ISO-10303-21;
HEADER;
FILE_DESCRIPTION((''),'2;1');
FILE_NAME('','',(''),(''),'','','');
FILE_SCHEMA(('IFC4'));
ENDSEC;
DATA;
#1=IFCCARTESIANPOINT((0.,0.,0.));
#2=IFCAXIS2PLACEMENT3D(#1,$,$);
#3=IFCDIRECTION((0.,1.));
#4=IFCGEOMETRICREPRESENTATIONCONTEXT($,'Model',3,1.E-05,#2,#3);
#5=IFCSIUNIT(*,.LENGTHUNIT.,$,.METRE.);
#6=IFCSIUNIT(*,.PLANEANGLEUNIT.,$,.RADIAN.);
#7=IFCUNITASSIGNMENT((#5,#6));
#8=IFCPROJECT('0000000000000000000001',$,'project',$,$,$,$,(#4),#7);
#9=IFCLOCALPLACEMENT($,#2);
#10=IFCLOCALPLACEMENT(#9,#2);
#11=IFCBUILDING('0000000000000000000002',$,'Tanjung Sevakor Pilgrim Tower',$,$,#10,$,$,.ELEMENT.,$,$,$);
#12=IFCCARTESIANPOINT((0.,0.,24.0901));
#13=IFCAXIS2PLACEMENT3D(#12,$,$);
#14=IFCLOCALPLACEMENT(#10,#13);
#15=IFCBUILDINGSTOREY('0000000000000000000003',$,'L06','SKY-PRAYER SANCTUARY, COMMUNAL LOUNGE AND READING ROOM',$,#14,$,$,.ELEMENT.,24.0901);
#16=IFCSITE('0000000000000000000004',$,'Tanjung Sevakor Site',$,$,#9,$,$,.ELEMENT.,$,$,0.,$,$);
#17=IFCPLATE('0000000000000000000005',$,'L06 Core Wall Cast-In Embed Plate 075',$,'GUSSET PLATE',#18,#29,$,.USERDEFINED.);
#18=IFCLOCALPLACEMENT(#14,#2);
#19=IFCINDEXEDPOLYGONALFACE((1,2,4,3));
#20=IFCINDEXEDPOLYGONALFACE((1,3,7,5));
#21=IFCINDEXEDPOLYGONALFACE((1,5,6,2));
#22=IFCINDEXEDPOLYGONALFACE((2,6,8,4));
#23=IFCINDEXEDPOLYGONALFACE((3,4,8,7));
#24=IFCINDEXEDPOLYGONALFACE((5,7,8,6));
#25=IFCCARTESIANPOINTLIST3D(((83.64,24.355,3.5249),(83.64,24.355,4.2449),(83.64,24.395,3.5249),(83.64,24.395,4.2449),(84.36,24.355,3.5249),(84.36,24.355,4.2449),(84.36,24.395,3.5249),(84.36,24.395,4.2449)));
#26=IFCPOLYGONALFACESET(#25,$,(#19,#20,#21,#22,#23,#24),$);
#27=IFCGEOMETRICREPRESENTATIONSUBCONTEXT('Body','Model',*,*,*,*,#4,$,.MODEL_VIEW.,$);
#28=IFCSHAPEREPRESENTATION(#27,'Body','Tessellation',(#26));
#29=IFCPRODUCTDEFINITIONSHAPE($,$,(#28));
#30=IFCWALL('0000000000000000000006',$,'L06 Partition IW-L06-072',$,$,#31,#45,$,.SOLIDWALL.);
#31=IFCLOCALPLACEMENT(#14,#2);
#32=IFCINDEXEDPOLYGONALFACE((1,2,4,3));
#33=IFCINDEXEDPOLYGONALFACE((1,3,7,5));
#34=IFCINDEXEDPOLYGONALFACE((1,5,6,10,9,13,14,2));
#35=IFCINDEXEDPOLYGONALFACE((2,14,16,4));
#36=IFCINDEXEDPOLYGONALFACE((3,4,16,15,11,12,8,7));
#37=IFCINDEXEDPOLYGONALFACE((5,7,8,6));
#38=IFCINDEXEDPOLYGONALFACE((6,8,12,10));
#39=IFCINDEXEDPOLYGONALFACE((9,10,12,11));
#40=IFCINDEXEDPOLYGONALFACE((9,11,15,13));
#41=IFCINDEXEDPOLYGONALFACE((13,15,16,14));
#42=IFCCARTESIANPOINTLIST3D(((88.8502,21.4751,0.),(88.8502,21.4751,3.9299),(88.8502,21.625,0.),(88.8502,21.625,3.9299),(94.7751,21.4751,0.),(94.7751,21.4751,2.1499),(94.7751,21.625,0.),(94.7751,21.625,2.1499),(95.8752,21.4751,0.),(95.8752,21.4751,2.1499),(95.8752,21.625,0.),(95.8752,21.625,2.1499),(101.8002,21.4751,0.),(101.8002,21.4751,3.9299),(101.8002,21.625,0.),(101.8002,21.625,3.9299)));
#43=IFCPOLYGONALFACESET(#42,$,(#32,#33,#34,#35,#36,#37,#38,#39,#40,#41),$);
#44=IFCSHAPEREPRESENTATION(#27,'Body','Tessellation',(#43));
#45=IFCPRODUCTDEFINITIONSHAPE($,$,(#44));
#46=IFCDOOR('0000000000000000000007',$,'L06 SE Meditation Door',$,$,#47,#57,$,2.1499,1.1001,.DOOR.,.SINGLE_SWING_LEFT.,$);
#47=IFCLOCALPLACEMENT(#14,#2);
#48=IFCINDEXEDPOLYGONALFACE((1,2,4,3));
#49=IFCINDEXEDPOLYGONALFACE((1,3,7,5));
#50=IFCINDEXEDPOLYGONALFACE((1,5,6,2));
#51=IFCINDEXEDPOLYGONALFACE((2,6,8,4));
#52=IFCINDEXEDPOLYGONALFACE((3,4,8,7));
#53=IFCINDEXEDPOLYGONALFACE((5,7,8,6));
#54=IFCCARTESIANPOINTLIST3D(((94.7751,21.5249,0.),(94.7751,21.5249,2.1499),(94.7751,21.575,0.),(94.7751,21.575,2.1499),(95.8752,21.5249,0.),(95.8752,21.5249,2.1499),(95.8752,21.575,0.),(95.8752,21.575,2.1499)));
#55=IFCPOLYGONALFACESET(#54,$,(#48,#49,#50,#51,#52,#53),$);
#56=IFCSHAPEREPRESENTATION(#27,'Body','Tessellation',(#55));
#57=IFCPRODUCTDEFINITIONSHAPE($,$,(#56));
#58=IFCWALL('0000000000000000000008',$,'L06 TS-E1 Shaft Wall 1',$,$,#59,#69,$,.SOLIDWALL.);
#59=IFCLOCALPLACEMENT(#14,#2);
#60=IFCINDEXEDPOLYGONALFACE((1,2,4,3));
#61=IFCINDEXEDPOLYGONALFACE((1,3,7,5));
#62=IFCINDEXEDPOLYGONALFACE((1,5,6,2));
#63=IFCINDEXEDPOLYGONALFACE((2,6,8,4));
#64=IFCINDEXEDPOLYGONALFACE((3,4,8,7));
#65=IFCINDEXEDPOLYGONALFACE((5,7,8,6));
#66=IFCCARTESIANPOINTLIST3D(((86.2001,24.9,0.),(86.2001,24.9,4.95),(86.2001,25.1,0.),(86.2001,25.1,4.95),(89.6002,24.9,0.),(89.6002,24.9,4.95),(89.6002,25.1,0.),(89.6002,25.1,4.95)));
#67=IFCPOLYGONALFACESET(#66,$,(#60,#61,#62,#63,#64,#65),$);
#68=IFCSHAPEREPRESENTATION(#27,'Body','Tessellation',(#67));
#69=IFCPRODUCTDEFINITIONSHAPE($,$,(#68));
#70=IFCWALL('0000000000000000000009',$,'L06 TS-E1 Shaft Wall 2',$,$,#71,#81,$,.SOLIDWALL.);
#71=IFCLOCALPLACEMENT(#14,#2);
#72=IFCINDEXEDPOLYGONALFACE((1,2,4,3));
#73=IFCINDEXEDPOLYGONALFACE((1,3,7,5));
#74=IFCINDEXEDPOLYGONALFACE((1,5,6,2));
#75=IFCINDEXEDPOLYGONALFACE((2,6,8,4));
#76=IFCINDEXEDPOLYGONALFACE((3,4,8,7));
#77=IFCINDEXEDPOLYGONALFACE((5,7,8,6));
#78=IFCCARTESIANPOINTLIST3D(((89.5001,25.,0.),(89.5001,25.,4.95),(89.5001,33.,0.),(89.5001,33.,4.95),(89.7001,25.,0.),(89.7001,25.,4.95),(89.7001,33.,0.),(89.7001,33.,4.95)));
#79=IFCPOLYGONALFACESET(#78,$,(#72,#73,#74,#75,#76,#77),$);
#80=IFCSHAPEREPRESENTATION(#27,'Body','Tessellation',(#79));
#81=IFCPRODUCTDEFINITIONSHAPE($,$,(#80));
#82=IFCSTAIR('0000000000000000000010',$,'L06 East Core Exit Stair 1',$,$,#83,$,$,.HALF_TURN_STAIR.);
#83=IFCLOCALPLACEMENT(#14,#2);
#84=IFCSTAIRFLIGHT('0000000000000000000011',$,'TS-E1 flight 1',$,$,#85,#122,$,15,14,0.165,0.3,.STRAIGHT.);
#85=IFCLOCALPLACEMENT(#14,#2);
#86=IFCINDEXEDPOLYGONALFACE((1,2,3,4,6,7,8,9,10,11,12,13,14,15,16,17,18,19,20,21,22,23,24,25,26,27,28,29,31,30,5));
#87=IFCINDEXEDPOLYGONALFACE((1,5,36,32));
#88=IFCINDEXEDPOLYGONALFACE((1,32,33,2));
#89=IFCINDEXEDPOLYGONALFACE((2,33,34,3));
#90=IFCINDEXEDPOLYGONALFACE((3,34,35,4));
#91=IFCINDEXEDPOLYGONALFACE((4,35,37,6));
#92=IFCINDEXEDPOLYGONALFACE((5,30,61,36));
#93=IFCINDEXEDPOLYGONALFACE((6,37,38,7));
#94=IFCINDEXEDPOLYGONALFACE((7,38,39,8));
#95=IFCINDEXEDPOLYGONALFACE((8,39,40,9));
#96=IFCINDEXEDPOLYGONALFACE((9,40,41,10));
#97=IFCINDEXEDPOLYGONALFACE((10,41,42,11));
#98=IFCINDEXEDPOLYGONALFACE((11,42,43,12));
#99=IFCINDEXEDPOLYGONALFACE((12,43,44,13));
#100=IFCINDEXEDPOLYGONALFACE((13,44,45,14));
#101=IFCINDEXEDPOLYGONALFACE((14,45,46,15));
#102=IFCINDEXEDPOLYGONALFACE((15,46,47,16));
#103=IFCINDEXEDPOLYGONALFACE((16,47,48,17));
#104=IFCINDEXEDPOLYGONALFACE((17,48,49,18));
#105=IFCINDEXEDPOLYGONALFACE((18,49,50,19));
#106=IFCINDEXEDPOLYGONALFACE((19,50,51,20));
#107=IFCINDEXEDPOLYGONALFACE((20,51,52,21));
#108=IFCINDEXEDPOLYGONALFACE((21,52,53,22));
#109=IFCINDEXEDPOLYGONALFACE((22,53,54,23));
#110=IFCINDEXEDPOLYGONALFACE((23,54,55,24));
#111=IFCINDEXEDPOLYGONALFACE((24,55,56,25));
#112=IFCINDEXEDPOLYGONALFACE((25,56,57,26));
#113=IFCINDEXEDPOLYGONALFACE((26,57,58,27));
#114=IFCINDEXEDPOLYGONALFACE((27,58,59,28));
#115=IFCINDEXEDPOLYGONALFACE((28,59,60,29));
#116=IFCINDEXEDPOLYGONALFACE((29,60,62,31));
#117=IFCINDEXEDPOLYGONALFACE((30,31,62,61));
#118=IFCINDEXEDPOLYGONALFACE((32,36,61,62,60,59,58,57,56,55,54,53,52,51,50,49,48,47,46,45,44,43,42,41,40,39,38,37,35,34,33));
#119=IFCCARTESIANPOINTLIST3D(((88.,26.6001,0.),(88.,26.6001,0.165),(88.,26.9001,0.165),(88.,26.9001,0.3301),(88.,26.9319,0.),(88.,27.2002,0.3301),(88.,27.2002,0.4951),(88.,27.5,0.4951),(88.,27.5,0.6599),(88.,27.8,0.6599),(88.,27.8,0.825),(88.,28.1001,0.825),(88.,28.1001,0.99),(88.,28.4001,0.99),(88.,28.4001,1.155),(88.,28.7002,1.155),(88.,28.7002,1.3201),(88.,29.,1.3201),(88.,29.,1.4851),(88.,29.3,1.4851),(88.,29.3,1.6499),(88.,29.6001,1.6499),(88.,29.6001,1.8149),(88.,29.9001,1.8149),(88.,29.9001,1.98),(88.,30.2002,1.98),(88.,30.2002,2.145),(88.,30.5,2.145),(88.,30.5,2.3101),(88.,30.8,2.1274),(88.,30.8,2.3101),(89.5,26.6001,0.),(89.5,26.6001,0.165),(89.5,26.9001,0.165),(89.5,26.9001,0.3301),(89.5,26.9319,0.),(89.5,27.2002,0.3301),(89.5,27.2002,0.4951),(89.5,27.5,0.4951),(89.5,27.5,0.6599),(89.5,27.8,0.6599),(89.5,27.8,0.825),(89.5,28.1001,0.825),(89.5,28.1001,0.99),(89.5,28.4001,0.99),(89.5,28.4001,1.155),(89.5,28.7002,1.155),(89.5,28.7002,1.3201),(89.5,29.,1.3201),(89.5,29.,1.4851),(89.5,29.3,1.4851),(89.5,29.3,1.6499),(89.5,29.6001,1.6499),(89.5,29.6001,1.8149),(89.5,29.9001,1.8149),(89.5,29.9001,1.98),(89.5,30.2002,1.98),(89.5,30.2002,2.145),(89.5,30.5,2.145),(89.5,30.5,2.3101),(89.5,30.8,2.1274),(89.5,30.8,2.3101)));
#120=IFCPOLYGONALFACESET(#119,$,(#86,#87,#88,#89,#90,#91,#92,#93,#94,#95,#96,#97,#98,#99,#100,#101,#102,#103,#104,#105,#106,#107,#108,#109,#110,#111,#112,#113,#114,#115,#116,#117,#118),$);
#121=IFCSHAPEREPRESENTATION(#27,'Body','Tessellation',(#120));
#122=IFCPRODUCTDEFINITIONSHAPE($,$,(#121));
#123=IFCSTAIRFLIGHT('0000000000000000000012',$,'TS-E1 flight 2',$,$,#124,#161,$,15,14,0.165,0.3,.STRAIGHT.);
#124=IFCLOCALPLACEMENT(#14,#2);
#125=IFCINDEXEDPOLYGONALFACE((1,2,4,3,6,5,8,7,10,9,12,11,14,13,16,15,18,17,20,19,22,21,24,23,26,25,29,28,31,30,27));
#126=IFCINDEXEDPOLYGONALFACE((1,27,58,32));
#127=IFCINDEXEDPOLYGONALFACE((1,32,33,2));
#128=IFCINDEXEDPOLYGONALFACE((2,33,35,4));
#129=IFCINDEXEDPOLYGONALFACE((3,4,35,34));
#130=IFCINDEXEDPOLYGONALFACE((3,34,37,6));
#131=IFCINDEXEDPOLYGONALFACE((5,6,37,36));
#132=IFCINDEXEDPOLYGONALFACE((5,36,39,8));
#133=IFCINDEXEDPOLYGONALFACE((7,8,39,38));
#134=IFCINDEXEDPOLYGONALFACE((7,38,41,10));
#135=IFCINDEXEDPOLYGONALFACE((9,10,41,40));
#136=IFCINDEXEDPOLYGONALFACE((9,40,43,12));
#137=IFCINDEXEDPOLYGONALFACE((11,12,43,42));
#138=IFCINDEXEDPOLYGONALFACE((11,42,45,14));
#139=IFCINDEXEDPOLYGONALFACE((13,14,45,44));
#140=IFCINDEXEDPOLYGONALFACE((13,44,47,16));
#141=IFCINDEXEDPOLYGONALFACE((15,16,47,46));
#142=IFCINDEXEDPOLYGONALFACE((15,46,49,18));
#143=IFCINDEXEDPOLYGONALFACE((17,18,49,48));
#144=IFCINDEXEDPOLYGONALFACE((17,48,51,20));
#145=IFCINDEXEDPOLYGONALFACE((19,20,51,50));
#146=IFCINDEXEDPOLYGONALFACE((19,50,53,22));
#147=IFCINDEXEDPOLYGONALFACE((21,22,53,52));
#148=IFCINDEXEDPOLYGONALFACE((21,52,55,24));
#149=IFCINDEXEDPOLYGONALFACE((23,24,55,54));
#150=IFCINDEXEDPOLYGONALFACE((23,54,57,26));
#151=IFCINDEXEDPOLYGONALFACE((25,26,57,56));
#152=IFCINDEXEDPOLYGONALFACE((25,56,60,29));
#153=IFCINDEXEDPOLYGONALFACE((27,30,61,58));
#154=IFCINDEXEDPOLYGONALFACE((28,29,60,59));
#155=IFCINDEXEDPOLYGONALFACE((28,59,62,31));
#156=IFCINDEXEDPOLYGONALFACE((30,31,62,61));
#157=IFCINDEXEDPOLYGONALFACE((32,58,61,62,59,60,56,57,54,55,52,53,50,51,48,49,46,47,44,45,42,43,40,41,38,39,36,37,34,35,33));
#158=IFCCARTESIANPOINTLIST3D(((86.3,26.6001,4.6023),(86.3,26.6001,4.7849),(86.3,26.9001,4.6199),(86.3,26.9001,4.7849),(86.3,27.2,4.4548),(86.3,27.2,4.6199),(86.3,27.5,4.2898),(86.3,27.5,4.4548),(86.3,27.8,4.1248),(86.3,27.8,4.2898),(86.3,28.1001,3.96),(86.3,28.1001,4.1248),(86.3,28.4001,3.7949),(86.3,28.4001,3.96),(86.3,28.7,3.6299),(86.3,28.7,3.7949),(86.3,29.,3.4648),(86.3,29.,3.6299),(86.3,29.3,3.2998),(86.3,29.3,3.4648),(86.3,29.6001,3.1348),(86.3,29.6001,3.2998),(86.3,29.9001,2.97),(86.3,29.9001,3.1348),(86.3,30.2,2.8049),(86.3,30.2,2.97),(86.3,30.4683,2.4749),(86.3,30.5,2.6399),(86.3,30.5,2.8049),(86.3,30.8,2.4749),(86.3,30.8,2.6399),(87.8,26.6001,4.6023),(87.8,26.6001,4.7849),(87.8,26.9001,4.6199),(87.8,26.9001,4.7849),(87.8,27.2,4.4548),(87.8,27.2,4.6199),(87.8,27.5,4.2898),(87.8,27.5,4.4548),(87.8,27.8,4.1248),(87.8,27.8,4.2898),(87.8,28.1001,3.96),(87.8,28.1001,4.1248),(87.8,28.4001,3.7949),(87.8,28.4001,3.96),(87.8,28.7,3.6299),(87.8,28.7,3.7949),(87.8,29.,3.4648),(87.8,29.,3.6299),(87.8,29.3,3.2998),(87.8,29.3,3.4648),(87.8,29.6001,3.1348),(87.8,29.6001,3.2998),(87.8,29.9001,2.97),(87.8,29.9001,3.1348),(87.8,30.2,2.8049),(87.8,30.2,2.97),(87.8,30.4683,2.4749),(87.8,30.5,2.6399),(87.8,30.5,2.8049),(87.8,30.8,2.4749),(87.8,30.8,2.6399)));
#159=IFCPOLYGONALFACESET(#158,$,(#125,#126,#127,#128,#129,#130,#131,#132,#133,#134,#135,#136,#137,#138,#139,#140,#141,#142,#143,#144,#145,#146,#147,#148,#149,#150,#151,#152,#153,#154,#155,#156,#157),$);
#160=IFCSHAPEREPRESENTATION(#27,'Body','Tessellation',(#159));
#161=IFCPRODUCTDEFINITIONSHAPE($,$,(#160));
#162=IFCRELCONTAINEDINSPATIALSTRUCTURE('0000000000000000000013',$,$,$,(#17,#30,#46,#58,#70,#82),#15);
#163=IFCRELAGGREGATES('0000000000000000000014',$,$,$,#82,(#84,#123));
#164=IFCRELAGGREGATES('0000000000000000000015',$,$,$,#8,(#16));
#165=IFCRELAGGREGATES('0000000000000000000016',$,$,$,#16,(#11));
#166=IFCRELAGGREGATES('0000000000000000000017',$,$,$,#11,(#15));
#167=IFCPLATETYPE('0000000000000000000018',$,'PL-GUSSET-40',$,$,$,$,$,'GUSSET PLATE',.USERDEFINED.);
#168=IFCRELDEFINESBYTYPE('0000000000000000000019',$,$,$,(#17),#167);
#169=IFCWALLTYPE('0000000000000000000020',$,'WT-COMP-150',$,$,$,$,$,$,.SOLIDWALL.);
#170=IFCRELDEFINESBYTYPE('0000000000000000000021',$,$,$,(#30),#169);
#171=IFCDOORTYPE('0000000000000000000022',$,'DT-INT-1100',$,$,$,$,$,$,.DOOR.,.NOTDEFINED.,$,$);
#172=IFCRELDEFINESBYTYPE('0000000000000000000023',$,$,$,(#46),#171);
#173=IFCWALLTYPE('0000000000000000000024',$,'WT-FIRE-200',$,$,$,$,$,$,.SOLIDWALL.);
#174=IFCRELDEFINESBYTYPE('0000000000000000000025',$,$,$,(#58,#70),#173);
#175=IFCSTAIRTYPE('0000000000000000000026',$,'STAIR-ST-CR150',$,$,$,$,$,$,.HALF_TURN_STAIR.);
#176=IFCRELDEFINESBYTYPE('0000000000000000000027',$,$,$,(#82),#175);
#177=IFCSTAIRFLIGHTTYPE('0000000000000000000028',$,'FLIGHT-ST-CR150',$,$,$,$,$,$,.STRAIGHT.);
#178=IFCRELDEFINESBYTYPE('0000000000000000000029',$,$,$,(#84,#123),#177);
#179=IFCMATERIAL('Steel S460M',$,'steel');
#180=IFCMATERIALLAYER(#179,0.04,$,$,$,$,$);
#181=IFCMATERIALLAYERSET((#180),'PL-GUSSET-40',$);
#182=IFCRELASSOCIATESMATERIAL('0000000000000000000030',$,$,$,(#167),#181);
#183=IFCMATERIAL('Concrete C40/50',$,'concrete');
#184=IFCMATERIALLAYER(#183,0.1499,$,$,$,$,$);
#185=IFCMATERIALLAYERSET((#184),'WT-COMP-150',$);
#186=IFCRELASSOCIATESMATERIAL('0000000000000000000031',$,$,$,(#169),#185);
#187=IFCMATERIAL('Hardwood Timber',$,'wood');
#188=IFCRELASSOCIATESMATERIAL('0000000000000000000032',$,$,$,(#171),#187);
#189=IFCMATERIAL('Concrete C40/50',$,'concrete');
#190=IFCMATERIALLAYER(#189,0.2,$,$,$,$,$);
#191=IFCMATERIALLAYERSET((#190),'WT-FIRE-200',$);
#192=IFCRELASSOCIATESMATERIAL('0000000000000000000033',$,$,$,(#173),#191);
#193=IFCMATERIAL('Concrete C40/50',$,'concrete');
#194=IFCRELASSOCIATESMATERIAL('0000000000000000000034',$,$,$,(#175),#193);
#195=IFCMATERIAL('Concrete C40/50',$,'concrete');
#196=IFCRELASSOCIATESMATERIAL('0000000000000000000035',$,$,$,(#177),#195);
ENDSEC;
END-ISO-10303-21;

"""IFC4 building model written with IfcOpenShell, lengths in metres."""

from ifc_helpers import new_model, si_unit, direction, frame, frame_2d, origin, origin_2d, place, context, subcontext, project, spatial, polyline, rectangle, outline, extrude, material, layer, layer_set, type_object, element, fill, aggregate, save


model = new_model("IFC4")

# Units and contexts
model_context = context("Model", 3, precision=1e-05, world=origin(), true_north=direction((0.0, 1.0)))
body_context = subcontext(model_context, "Body", "Model", "MODEL_VIEW")
ifc_project = project(units=[si_unit("LENGTHUNIT", "METRE"), si_unit("PLANEANGLEUNIT", "RADIAN")], contexts=[model_context])

# Site, building, storey
site_placement = place(None, origin())
site = spatial("IfcSite", under=ifc_project, at=site_placement, Name="Tanjung Sevakor Site", CompositionType="ELEMENT", RefElevation=0.0)
building_placement = place(site_placement, origin())
building = spatial("IfcBuilding", under=site, at=building_placement, Name="Tanjung Sevakor Pilgrim Tower", CompositionType="ELEMENT")
storey_placement = place(building_placement, frame((0.0, 0.0, 24.0901)))
storey = spatial("IfcBuildingStorey", under=building, at=storey_placement, Name="L06", Description="SKY-PRAYER SANCTUARY, COMMUNAL LOUNGE AND READING ROOM", CompositionType="ELEMENT", Elevation=24.0901)

# Plate
ifc_material_1 = material(Name="Steel S460M", Category="steel")
ifc_layer_1 = layer(ifc_material_1, 0.04)
ifc_layer_set_1 = layer_set([ifc_layer_1], Name="PL-GUSSET-40")
plate_type = type_object("IfcPlateType", Name="PL-GUSSET-40", ElementType="GUSSET PLATE", PredefinedType="USERDEFINED", material=ifc_layer_set_1)
plate_placement = place(storey_placement, frame((84.0, 24.375, 3.5249), z_axis=(0.0, 0.0, 1.0), x_axis=(1.0, 0.0, 0.0)))
element("IfcPlate", 1, at=plate_placement, inside=storey, type_object=plate_type, Name="L06 Core Wall Cast-In Embed Plate 075", ObjectType="GUSSET PLATE", PredefinedType="USERDEFINED", context=body_context, shape_type="SweptSolid", body=[
    extrude(rectangle(XDim=0.72, YDim=0.04, at=origin_2d()), origin(), (0.0, 0.0, 1.0), 0.72),
])

# Wall, opening, door
ifc_material_2 = material(Name="Concrete C40/50", Category="concrete")
ifc_layer_2 = layer(ifc_material_2, 0.1499)
ifc_layer_set_2 = layer_set([ifc_layer_2], Name="WT-COMP-150")
wall_type_1 = type_object("IfcWallType", Name="WT-COMP-150", PredefinedType="SOLIDWALL", material=ifc_layer_set_2)
wall_1_placement = place(storey_placement, frame((88.8501, 21.55, 0.0), z_axis=(0.0, 0.0, 1.0), x_axis=(1.0, 0.0, 0.0)))
wall_1 = element("IfcWall", 2, at=wall_1_placement, inside=storey, type_object=wall_type_1, Name="L06 Partition IW-L06-072", PredefinedType="SOLIDWALL", context=body_context, shape_type="SweptSolid", body=[
    extrude(rectangle(XDim=12.95, YDim=0.1499, at=frame_2d((6.4751, 0.0))), origin(), (0.0, 0.0, 1.0), 3.9299),
])
opening_1_placement = place(wall_1_placement, frame((5.925, 0.0, 0.0)))
opening_1 = element("IfcOpeningElement", 3, at=opening_1_placement, cuts=wall_1, PredefinedType="OPENING", context=body_context, shape_type="SweptSolid", body=[
    extrude(rectangle(XDim=1.1001, YDim=2.1499, at=frame_2d((0.55, 1.075))), frame((0.0, 0.085, 0.0), z_axis=(0.0, -1.0, 0.0), x_axis=(1.0, 0.0, 0.0)), (0.0, 0.0, 1.0), 0.1699),
])
ifc_material_3 = material(Name="Hardwood Timber", Category="wood")
door_type_1 = type_object("IfcDoorType", Name="DT-INT-1100", OperationType="NOTDEFINED", PredefinedType="DOOR", material=ifc_material_3)
door_1_placement = place(opening_1_placement, origin())
door_1 = element("IfcDoor", 4, at=door_1_placement, inside=storey, type_object=door_type_1, Name="L06 SE Meditation Door", OperationType="SINGLE_SWING_LEFT", OverallHeight=2.1499, OverallWidth=1.1001, PredefinedType="DOOR", context=body_context, shape_type="SweptSolid", body=[
    extrude(rectangle(XDim=1.1001, YDim=2.1499, at=frame_2d((0.55, 1.075))), frame((0.0, 0.0249, 0.0), z_axis=(0.0, -1.0, 0.0), x_axis=(1.0, 0.0, 0.0)), (0.0, 0.0, 1.0), 0.05),
])
fill(opening_1, door_1)

# Walls
ifc_material_4 = material(Name="Concrete C40/50", Category="concrete")
ifc_layer_3 = layer(ifc_material_4, 0.2)
ifc_layer_set_3 = layer_set([ifc_layer_3], Name="WT-FIRE-200")
wall_type_2 = type_object("IfcWallType", Name="WT-FIRE-200", PredefinedType="SOLIDWALL", material=ifc_layer_set_3)
wall_2_placement = place(storey_placement, frame((86.2, 25.0, 0.0), z_axis=(0.0, 0.0, 1.0), x_axis=(1.0, 0.0, 0.0)))
element("IfcWall", 5, at=wall_2_placement, inside=storey, type_object=wall_type_2, Name="L06 TS-E1 Shaft Wall 1", PredefinedType="SOLIDWALL", context=body_context, shape_type="SweptSolid", body=[
    extrude(rectangle(XDim=3.4001, YDim=0.2, at=frame_2d((1.7002, 0.0))), origin(), (0.0, 0.0, 1.0), 4.95),
])
wall_3_placement = place(storey_placement, frame((89.6001, 25.0, 0.0), z_axis=(0.0, 0.0, 1.0), x_axis=(0.0, 1.0, 0.0)))
element("IfcWall", 6, at=wall_3_placement, inside=storey, type_object=wall_type_2, Name="L06 TS-E1 Shaft Wall 2", PredefinedType="SOLIDWALL", context=body_context, shape_type="SweptSolid", body=[
    extrude(rectangle(XDim=8.0, YDim=0.2, at=frame_2d((4.0, 0.0))), origin(), (0.0, 0.0, 1.0), 4.95),
])

# Stair, stair flights
ifc_material_5 = material(Name="Concrete C40/50", Category="concrete")
stair_type = type_object("IfcStairType", Name="STAIR-ST-CR150", PredefinedType="HALF_TURN_STAIR", material=ifc_material_5)
stair_placement = place(storey_placement, origin())
stair = element("IfcStair", 7, at=stair_placement, inside=storey, type_object=stair_type, Name="L06 East Core Exit Stair 1", PredefinedType="HALF_TURN_STAIR")
ifc_material_6 = material(Name="Concrete C40/50", Category="concrete")
stair_flight_type = type_object("IfcStairFlightType", Name="FLIGHT-ST-CR150", PredefinedType="STRAIGHT", material=ifc_material_6)
stair_flight_1_placement = place(storey_placement, frame((88.75, 26.6001, 0.0), z_axis=(0.0, 0.0, 1.0), x_axis=(0.0, 1.0, 0.0)))
stair_flight_1 = element("IfcStairFlight", 8, at=stair_flight_1_placement, type_object=stair_flight_type, Name="TS-E1 flight 1", NumberOfRisers=15, NumberOfTreads=14, PredefinedType="STRAIGHT", RiserHeight=0.165, TreadLength=0.3, context=body_context, shape_type="SweptSolid", body=[
    extrude(outline(polyline([(0.0, 0.0), (0.0, 0.165), (0.3, 0.165), (0.3, 0.3301), (0.6001, 0.3301), (0.6001, 0.4951), (0.8999, 0.4951), (0.8999, 0.6599), (1.2, 0.6599), (1.2, 0.825), (1.5, 0.825), (1.5, 0.99), (1.8, 0.99), (1.8, 1.155), (2.1001, 1.155), (2.1001, 1.3201), (2.3999, 1.3201), (2.3999, 1.4851), (2.7, 1.4851), (2.7, 1.6499), (3.0, 1.6499), (3.0, 1.8149), (3.3, 1.8149), (3.3, 1.98), (3.6001, 1.98), (3.6001, 2.145), (3.8999, 2.145), (3.8999, 2.3101), (4.2, 2.3101), (4.2, 2.4751), (4.2, 2.1274), (0.3318, 0.0), (0.0, 0.0)])), frame((0.0, 0.75, 0.0), z_axis=(0.0, -1.0, 0.0), x_axis=(1.0, 0.0, 0.0)), (0.0, 0.0, 1.0), 1.5),
])
stair_flight_2_placement = place(storey_placement, frame((87.05, 30.8, 2.4749), z_axis=(0.0, 0.0, 1.0), x_axis=(0.0, -1.0, 0.0)))
stair_flight_2 = element("IfcStairFlight", 9, at=stair_flight_2_placement, type_object=stair_flight_type, Name="TS-E1 flight 2", NumberOfRisers=15, NumberOfTreads=14, PredefinedType="STRAIGHT", RiserHeight=0.165, TreadLength=0.3, context=body_context, shape_type="SweptSolid", body=[
    extrude(outline(polyline([(0.0, 0.0), (0.0, 0.165), (0.3, 0.165), (0.3, 0.3301), (0.6001, 0.3301), (0.6001, 0.4951), (0.8999, 0.4951), (0.8999, 0.6599), (1.2, 0.6599), (1.2, 0.825), (1.5, 0.825), (1.5, 0.99), (1.8, 0.99), (1.8, 1.155), (2.1001, 1.155), (2.1001, 1.3201), (2.3999, 1.3201), (2.3999, 1.4851), (2.7, 1.4851), (2.7, 1.6499), (3.0, 1.6499), (3.0, 1.8149), (3.3, 1.8149), (3.3, 1.98), (3.6001, 1.98), (3.6001, 2.145), (3.8999, 2.145), (3.8999, 2.3101), (4.2, 2.3101), (4.2, 2.4751), (4.2, 2.1274), (0.3318, 0.0), (0.0, 0.0)])), frame((0.0, 0.75, 0.0), z_axis=(0.0, -1.0, 0.0), x_axis=(1.0, 0.0, 0.0)), (0.0, 0.0, 1.0), 1.5),
])
aggregate(stair, [stair_flight_1, stair_flight_2])

save(model, "model.ifc")
